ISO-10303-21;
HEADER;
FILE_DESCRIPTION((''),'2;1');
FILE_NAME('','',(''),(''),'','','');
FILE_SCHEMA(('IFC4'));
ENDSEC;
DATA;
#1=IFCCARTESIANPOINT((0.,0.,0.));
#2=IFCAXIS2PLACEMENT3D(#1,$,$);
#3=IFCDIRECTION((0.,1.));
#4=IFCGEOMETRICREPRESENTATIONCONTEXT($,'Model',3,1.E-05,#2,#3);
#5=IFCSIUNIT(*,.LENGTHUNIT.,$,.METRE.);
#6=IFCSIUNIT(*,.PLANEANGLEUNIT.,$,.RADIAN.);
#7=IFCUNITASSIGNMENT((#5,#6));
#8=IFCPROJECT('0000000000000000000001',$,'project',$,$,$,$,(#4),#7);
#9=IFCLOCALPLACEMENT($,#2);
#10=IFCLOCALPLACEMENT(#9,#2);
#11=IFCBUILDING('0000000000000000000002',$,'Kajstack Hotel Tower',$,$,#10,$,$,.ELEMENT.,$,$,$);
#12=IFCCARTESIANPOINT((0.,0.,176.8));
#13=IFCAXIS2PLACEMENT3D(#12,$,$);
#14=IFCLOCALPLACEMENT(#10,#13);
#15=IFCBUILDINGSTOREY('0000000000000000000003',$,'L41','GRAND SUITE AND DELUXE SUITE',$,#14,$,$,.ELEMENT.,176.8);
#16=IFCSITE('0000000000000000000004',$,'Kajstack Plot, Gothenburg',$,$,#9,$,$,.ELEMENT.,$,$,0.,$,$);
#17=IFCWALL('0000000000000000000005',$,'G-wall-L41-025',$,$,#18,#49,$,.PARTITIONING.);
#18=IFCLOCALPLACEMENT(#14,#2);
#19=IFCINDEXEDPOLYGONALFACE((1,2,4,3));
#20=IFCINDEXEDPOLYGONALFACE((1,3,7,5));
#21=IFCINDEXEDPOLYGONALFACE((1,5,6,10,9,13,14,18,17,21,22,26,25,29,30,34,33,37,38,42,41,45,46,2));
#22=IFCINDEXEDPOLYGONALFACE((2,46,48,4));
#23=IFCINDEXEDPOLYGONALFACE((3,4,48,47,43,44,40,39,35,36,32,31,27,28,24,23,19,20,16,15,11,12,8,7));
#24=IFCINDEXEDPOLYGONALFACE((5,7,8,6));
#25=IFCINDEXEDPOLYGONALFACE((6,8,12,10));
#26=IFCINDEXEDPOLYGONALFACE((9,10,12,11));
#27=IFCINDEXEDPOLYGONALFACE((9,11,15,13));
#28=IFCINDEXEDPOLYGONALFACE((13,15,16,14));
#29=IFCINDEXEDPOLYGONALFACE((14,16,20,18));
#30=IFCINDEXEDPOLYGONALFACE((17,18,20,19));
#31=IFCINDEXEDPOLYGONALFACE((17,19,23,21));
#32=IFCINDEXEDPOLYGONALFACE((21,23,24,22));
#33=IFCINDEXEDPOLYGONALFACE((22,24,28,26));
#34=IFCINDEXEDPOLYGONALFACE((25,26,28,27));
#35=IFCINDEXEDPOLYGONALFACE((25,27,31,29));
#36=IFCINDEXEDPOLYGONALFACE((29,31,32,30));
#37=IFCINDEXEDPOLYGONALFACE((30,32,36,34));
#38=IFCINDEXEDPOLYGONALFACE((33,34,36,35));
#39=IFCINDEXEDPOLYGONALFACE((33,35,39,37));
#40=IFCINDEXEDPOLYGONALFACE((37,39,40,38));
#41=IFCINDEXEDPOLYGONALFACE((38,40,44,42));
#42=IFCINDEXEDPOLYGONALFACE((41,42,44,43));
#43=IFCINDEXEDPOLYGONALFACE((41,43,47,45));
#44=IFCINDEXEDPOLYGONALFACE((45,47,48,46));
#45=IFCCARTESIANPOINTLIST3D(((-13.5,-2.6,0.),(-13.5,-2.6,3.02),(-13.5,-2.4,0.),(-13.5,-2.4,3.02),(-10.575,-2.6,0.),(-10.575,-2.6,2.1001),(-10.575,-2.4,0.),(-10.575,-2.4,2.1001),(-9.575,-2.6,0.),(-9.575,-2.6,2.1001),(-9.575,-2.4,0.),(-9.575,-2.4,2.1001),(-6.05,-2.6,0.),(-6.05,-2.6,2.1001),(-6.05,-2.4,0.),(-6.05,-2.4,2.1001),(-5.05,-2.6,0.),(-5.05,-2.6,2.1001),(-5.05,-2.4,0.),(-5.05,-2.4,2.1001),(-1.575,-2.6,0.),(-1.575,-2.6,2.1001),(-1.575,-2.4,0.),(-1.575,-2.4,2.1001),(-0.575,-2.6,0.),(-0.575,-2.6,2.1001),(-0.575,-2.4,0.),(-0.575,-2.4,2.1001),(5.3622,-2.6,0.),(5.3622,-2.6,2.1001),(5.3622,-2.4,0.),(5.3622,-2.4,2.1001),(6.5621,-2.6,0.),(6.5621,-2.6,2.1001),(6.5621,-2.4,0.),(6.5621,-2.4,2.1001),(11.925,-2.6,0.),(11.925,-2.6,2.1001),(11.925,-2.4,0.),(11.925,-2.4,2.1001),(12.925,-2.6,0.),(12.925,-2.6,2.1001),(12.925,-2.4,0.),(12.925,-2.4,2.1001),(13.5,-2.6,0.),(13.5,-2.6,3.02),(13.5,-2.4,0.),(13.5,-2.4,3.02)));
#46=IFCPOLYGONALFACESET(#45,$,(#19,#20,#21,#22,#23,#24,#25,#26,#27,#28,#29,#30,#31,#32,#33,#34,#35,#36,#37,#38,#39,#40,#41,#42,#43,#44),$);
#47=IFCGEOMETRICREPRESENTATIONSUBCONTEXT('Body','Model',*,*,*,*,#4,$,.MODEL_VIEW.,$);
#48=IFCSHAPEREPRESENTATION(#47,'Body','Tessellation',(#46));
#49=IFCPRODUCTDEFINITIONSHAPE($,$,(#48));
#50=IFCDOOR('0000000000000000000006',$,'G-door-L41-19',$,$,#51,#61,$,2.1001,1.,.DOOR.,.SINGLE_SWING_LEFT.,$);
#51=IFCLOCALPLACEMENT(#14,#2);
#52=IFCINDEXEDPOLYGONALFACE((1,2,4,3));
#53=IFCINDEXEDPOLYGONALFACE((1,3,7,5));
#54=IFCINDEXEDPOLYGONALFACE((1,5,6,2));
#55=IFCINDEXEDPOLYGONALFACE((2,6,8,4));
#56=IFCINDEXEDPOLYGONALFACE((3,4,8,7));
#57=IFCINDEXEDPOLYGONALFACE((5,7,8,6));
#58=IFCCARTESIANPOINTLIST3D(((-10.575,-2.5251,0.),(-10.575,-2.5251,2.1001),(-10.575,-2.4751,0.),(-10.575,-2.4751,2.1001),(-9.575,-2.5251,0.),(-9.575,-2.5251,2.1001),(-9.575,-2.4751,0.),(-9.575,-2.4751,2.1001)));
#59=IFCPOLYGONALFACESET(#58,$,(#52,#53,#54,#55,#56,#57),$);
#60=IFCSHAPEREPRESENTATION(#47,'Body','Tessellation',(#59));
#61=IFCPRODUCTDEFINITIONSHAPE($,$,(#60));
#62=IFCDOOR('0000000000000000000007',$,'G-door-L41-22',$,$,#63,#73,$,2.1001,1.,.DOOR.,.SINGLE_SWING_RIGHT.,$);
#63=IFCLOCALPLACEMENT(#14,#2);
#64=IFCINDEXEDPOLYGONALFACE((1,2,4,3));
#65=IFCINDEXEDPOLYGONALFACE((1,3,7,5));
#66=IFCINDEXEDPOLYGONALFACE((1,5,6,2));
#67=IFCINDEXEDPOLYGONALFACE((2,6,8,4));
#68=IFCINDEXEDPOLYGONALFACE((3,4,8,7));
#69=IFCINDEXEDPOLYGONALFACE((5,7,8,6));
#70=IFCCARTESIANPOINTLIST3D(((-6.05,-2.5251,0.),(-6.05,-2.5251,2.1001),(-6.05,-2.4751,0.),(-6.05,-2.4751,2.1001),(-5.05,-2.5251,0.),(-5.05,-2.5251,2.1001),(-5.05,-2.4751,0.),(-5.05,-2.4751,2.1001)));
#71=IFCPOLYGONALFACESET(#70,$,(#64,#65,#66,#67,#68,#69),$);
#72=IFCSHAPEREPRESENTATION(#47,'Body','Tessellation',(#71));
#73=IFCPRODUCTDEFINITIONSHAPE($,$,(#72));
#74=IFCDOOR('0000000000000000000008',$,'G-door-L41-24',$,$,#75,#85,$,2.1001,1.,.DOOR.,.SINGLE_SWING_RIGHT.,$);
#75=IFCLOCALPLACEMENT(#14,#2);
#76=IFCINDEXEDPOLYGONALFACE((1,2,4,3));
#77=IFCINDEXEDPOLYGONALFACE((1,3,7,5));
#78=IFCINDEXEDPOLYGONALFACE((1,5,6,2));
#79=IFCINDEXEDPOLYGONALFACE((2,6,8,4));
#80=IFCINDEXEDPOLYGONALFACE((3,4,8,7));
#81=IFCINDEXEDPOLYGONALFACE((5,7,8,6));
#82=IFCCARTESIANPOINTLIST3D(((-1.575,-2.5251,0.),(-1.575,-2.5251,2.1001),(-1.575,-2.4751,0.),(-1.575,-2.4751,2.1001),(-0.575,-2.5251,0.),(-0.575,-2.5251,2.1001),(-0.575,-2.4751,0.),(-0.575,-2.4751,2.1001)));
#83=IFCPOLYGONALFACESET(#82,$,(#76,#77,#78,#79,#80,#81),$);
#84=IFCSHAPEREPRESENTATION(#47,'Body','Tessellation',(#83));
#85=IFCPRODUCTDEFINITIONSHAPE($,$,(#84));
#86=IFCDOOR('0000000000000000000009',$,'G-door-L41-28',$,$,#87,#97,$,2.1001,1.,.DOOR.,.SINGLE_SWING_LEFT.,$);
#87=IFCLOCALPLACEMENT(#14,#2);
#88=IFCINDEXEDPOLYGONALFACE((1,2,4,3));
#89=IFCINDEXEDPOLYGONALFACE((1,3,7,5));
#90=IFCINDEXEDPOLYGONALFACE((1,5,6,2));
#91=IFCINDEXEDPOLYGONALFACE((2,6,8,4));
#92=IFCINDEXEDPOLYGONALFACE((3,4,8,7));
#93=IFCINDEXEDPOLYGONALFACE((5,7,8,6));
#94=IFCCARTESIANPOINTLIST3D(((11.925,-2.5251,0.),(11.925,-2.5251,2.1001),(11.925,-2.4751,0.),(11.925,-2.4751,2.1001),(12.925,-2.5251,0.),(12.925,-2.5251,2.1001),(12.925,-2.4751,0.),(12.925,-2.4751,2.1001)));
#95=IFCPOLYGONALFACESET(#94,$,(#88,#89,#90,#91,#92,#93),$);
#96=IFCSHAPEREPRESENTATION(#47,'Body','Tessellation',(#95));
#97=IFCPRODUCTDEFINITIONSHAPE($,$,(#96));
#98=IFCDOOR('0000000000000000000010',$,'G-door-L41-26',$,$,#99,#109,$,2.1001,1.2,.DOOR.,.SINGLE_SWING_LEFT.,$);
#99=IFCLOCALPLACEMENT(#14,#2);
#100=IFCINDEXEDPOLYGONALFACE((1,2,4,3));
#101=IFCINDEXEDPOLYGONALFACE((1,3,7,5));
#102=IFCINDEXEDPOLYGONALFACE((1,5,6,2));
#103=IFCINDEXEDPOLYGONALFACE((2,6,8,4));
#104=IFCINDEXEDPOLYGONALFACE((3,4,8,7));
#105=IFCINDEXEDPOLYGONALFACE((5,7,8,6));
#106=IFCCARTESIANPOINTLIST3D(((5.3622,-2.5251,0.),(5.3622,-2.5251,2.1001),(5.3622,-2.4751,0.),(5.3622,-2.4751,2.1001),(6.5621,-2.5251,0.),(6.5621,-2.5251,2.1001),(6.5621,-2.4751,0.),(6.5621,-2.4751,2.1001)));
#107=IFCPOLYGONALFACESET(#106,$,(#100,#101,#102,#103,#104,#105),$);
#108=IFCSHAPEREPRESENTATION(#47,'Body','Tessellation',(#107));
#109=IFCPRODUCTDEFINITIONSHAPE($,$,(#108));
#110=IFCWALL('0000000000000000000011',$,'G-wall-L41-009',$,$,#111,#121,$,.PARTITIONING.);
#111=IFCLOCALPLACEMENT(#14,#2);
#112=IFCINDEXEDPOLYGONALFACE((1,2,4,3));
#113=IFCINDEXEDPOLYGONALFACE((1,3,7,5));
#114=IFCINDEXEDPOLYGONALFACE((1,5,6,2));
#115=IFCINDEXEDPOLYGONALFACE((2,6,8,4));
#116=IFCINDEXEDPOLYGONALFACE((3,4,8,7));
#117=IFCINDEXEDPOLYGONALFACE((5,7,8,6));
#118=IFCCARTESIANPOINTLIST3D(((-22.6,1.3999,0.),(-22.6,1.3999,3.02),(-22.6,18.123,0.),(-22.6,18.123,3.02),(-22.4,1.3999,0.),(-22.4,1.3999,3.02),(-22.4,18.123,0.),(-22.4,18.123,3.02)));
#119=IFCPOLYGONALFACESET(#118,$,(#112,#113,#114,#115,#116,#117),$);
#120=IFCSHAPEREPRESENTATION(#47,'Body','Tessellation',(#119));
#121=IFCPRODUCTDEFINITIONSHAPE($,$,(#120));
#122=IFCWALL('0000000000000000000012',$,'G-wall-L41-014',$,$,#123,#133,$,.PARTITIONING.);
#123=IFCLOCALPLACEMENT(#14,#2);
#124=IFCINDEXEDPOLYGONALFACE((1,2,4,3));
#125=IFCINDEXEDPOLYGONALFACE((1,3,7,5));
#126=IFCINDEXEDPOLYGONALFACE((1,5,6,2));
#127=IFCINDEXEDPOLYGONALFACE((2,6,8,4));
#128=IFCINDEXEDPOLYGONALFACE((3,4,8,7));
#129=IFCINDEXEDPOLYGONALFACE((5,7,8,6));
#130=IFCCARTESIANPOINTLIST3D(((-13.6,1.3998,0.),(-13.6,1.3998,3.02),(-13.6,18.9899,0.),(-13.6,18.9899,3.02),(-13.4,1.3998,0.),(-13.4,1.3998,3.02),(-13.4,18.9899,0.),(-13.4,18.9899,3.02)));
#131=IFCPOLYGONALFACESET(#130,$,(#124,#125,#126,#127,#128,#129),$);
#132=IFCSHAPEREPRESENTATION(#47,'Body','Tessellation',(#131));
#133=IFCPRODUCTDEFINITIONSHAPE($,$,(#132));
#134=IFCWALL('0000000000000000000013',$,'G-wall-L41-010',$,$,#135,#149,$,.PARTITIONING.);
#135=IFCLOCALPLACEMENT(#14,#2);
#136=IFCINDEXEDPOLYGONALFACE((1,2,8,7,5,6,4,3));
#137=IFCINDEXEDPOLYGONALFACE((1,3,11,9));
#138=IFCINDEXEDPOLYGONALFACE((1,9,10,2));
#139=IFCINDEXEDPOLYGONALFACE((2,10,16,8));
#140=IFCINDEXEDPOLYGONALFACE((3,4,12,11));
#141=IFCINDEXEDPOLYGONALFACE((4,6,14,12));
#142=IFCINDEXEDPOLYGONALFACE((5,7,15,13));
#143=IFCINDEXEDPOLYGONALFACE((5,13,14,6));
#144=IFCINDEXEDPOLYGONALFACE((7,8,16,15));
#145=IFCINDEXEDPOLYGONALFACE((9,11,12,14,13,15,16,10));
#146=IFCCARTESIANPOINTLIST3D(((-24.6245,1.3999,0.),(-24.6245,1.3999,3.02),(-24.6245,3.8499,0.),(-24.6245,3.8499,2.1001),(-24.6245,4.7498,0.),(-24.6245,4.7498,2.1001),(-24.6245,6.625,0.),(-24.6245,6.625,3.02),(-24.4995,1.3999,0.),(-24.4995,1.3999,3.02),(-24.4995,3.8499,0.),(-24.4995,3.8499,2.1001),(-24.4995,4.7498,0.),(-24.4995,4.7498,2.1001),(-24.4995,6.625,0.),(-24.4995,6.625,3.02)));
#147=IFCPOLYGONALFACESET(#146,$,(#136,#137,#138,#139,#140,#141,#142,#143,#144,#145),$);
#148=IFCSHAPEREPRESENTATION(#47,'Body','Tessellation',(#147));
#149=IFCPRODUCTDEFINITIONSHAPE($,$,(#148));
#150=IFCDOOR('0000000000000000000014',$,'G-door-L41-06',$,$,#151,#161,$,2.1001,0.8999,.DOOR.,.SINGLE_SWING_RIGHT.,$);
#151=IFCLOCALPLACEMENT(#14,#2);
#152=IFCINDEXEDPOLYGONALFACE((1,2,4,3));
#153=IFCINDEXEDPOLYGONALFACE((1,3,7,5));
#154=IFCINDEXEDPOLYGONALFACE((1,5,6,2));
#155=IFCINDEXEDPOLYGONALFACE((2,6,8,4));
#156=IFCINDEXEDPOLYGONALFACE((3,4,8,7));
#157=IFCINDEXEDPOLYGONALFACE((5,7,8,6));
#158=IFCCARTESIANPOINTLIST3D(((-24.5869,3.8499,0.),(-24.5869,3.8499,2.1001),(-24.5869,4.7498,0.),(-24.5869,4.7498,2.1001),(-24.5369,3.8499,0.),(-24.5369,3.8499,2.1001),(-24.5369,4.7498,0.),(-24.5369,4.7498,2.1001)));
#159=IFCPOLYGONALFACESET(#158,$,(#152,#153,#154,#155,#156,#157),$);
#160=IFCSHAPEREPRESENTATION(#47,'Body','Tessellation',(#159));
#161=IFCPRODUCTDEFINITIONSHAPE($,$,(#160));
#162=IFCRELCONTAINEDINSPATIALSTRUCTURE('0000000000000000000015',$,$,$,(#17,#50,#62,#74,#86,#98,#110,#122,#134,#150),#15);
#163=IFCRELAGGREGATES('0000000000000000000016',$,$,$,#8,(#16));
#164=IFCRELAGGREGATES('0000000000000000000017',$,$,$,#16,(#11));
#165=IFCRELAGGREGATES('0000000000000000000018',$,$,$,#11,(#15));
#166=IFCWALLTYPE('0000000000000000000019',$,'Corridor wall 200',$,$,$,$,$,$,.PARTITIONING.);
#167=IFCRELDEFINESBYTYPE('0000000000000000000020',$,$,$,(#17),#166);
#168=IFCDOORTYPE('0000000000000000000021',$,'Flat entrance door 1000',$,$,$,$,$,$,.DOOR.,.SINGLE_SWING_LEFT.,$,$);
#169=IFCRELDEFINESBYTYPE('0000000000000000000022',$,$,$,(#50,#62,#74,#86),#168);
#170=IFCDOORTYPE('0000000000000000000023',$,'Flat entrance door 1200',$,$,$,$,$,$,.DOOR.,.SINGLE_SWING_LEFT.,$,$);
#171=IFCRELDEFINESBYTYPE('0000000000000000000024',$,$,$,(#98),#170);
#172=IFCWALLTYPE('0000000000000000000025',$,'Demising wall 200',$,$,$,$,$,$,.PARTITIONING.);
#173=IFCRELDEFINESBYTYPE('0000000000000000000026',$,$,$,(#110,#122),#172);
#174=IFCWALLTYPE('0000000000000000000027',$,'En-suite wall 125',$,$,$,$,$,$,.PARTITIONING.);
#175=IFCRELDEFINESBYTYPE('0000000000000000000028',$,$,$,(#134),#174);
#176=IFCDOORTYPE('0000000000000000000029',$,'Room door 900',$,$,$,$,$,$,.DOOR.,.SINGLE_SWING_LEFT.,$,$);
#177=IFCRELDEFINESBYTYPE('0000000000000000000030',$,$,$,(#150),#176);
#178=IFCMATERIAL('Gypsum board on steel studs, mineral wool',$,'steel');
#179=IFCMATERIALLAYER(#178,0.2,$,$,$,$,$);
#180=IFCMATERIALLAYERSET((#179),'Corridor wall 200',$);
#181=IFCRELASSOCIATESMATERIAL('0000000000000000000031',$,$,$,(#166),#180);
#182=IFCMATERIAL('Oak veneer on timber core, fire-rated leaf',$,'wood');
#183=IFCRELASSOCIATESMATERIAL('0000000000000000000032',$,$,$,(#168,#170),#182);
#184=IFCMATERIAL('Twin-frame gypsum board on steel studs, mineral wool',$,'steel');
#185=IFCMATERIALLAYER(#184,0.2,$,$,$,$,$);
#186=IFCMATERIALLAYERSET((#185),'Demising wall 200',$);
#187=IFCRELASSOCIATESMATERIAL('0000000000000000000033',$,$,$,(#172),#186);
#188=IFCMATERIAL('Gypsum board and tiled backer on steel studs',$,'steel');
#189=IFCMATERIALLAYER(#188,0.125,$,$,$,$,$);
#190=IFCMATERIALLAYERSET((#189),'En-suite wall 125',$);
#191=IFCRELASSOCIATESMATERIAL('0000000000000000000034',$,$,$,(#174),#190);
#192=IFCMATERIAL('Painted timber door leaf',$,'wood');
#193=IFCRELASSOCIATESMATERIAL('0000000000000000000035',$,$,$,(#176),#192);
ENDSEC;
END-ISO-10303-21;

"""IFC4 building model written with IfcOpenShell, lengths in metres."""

from ifc_helpers import new_model, si_unit, direction, frame, frame_2d, origin, place, context, subcontext, project, spatial, rectangle, extrude, material, layer, layer_set, type_object, element, fill, save


model = new_model("IFC4")

# Units and contexts
model_context = context("Model", 3, precision=1e-05, world=origin(), true_north=direction((0.0, 1.0)))
body_context = subcontext(model_context, "Body", "Model", "MODEL_VIEW")
ifc_project = project(units=[si_unit("LENGTHUNIT", "METRE"), si_unit("PLANEANGLEUNIT", "RADIAN")], contexts=[model_context])

# Site, building, storey
site_placement = place(None, origin())
site = spatial("IfcSite", under=ifc_project, at=site_placement, Name="Kajstack Plot, Gothenburg", CompositionType="ELEMENT", RefElevation=0.0)
building_placement = place(site_placement, origin())
building = spatial("IfcBuilding", under=site, at=building_placement, Name="Kajstack Hotel Tower", CompositionType="ELEMENT")
storey_placement = place(building_placement, frame((0.0, 0.0, 176.8)))
storey = spatial("IfcBuildingStorey", under=building, at=storey_placement, Name="L41", Description="GRAND SUITE AND DELUXE SUITE", CompositionType="ELEMENT", Elevation=176.8)

# Wall, openings, doors
ifc_material_1 = material(Name="Gypsum board on steel studs, mineral wool", Category="steel")
ifc_layer_1 = layer(ifc_material_1, 0.2)
ifc_layer_set_1 = layer_set([ifc_layer_1], Name="Corridor wall 200")
wall_type_1 = type_object("IfcWallType", Name="Corridor wall 200", PredefinedType="PARTITIONING", material=ifc_layer_set_1)
wall_1_placement = place(storey_placement, frame((-13.5, -2.5, 0.0), z_axis=(0.0, 0.0, 1.0), x_axis=(1.0, 0.0, 0.0)))
wall_1 = element("IfcWall", 1, at=wall_1_placement, inside=storey, type_object=wall_type_1, Name="G-wall-L41-025", PredefinedType="PARTITIONING", context=body_context, shape_type="SweptSolid", body=[
    extrude(rectangle(XDim=27.0, YDim=0.2, at=frame_2d((13.5, 0.0))), origin(), (0.0, 0.0, 1.0), 3.02),
])
opening_1_placement = place(wall_1_placement, frame((2.925, 0.0, 0.0)))
opening_1 = element("IfcOpeningElement", 2, at=opening_1_placement, cuts=wall_1, PredefinedType="OPENING", context=body_context, shape_type="SweptSolid", body=[
    extrude(rectangle(XDim=1.0, YDim=2.1001, at=frame_2d((0.5, 1.05))), frame((0.0, 0.1099, 0.0), z_axis=(0.0, -1.0, 0.0), x_axis=(1.0, 0.0, 0.0)), (0.0, 0.0, 1.0), 0.22),
])
opening_2_placement = place(wall_1_placement, frame((7.45, 0.0, 0.0)))
opening_2 = element("IfcOpeningElement", 3, at=opening_2_placement, cuts=wall_1, PredefinedType="OPENING", context=body_context, shape_type="SweptSolid", body=[
    extrude(rectangle(XDim=1.0, YDim=2.1001, at=frame_2d((0.5, 1.05))), frame((0.0, 0.1099, 0.0), z_axis=(0.0, -1.0, 0.0), x_axis=(1.0, 0.0, 0.0)), (0.0, 0.0, 1.0), 0.22),
])
opening_3_placement = place(wall_1_placement, frame((11.925, 0.0, 0.0)))
opening_3 = element("IfcOpeningElement", 4, at=opening_3_placement, cuts=wall_1, PredefinedType="OPENING", context=body_context, shape_type="SweptSolid", body=[
    extrude(rectangle(XDim=1.0, YDim=2.1001, at=frame_2d((0.5, 1.05))), frame((0.0, 0.1099, 0.0), z_axis=(0.0, -1.0, 0.0), x_axis=(1.0, 0.0, 0.0)), (0.0, 0.0, 1.0), 0.22),
])
opening_4_placement = place(wall_1_placement, frame((18.8621, 0.0, 0.0)))
opening_4 = element("IfcOpeningElement", 5, at=opening_4_placement, cuts=wall_1, PredefinedType="OPENING", context=body_context, shape_type="SweptSolid", body=[
    extrude(rectangle(XDim=1.2, YDim=2.1001, at=frame_2d((0.6001, 1.05))), frame((0.0, 0.1099, 0.0), z_axis=(0.0, -1.0, 0.0), x_axis=(1.0, 0.0, 0.0)), (0.0, 0.0, 1.0), 0.22),
])
opening_5_placement = place(wall_1_placement, frame((25.425, 0.0, 0.0)))
opening_5 = element("IfcOpeningElement", 6, at=opening_5_placement, cuts=wall_1, PredefinedType="OPENING", context=body_context, shape_type="SweptSolid", body=[
    extrude(rectangle(XDim=1.0, YDim=2.1001, at=frame_2d((0.5, 1.05))), frame((0.0, 0.1099, 0.0), z_axis=(0.0, -1.0, 0.0), x_axis=(1.0, 0.0, 0.0)), (0.0, 0.0, 1.0), 0.22),
])
ifc_material_2 = material(Name="Oak veneer on timber core, fire-rated leaf", Category="wood")
door_type_1 = type_object("IfcDoorType", Name="Flat entrance door 1000", OperationType="SINGLE_SWING_LEFT", PredefinedType="DOOR", material=ifc_material_2)
door_1_placement = place(opening_1_placement, origin())
door_1 = element("IfcDoor", 7, at=door_1_placement, inside=storey, type_object=door_type_1, Name="G-door-L41-19", OperationType="SINGLE_SWING_LEFT", OverallHeight=2.1001, OverallWidth=1.0, PredefinedType="DOOR", context=body_context, shape_type="SweptSolid", body=[
    extrude(rectangle(XDim=1.0, YDim=2.1001, at=frame_2d((0.5, 1.05))), frame((0.0, 0.0249, 0.0), z_axis=(0.0, -1.0, 0.0), x_axis=(1.0, 0.0, 0.0)), (0.0, 0.0, 1.0), 0.05),
])
fill(opening_1, door_1)
door_2_placement = place(opening_2_placement, origin())
door_2 = element("IfcDoor", 8, at=door_2_placement, inside=storey, type_object=door_type_1, Name="G-door-L41-22", OperationType="SINGLE_SWING_RIGHT", OverallHeight=2.1001, OverallWidth=1.0, PredefinedType="DOOR", context=body_context, shape_type="SweptSolid", body=[
    extrude(rectangle(XDim=1.0, YDim=2.1001, at=frame_2d((0.5, 1.05))), frame((0.0, 0.0249, 0.0), z_axis=(0.0, -1.0, 0.0), x_axis=(1.0, 0.0, 0.0)), (0.0, 0.0, 1.0), 0.05),
])
fill(opening_2, door_2)
door_3_placement = place(opening_3_placement, origin())
door_3 = element("IfcDoor", 9, at=door_3_placement, inside=storey, type_object=door_type_1, Name="G-door-L41-24", OperationType="SINGLE_SWING_RIGHT", OverallHeight=2.1001, OverallWidth=1.0, PredefinedType="DOOR", context=body_context, shape_type="SweptSolid", body=[
    extrude(rectangle(XDim=1.0, YDim=2.1001, at=frame_2d((0.5, 1.05))), frame((0.0, 0.0249, 0.0), z_axis=(0.0, -1.0, 0.0), x_axis=(1.0, 0.0, 0.0)), (0.0, 0.0, 1.0), 0.05),
])
fill(opening_3, door_3)
door_4_placement = place(opening_5_placement, origin())
door_4 = element("IfcDoor", 10, at=door_4_placement, inside=storey, type_object=door_type_1, Name="G-door-L41-28", OperationType="SINGLE_SWING_LEFT", OverallHeight=2.1001, OverallWidth=1.0, PredefinedType="DOOR", context=body_context, shape_type="SweptSolid", body=[
    extrude(rectangle(XDim=1.0, YDim=2.1001, at=frame_2d((0.5, 1.05))), frame((0.0, 0.0249, 0.0), z_axis=(0.0, -1.0, 0.0), x_axis=(1.0, 0.0, 0.0)), (0.0, 0.0, 1.0), 0.05),
])
fill(opening_5, door_4)
door_type_2 = type_object("IfcDoorType", Name="Flat entrance door 1200", OperationType="SINGLE_SWING_LEFT", PredefinedType="DOOR", material=ifc_material_2)
door_5_placement = place(opening_4_placement, origin())
door_5 = element("IfcDoor", 11, at=door_5_placement, inside=storey, type_object=door_type_2, Name="G-door-L41-26", OperationType="SINGLE_SWING_LEFT", OverallHeight=2.1001, OverallWidth=1.2, PredefinedType="DOOR", context=body_context, shape_type="SweptSolid", body=[
    extrude(rectangle(XDim=1.2, YDim=2.1001, at=frame_2d((0.6001, 1.05))), frame((0.0, 0.0249, 0.0), z_axis=(0.0, -1.0, 0.0), x_axis=(1.0, 0.0, 0.0)), (0.0, 0.0, 1.0), 0.05),
])
fill(opening_4, door_5)

# Walls
ifc_material_3 = material(Name="Twin-frame gypsum board on steel studs, mineral wool", Category="steel")
ifc_layer_2 = layer(ifc_material_3, 0.2)
ifc_layer_set_2 = layer_set([ifc_layer_2], Name="Demising wall 200")
wall_type_2 = type_object("IfcWallType", Name="Demising wall 200", PredefinedType="PARTITIONING", material=ifc_layer_set_2)
wall_2_placement = place(storey_placement, frame((-22.5, 1.3999, 0.0), z_axis=(0.0, 0.0, 1.0), x_axis=(0.0, 1.0, 0.0)))
element("IfcWall", 12, at=wall_2_placement, inside=storey, type_object=wall_type_2, Name="G-wall-L41-009", PredefinedType="PARTITIONING", context=body_context, shape_type="SweptSolid", body=[
    extrude(rectangle(XDim=16.7231, YDim=0.2, at=frame_2d((8.3616, 0.0))), origin(), (0.0, 0.0, 1.0), 3.02),
])
wall_3_placement = place(storey_placement, frame((-13.5, 1.3999, 0.0), z_axis=(0.0, 0.0, 1.0), x_axis=(0.0, 1.0, 0.0)))
element("IfcWall", 13, at=wall_3_placement, inside=storey, type_object=wall_type_2, Name="G-wall-L41-014", PredefinedType="PARTITIONING", context=body_context, shape_type="SweptSolid", body=[
    extrude(rectangle(XDim=17.5901, YDim=0.2, at=frame_2d((8.7949, 0.0))), origin(), (0.0, 0.0, 1.0), 3.02),
])

# Wall, opening, door
ifc_material_4 = material(Name="Gypsum board and tiled backer on steel studs", Category="steel")
ifc_layer_3 = layer(ifc_material_4, 0.125)
ifc_layer_set_3 = layer_set([ifc_layer_3], Name="En-suite wall 125")
wall_type_3 = type_object("IfcWallType", Name="En-suite wall 125", PredefinedType="PARTITIONING", material=ifc_layer_set_3)
wall_4_placement = place(storey_placement, frame((-24.562, 1.3999, 0.0), z_axis=(0.0, 0.0, 1.0), x_axis=(0.0, 1.0, 0.0)))
wall_4 = element("IfcWall", 14, at=wall_4_placement, inside=storey, type_object=wall_type_3, Name="G-wall-L41-010", PredefinedType="PARTITIONING", context=body_context, shape_type="SweptSolid", body=[
    extrude(rectangle(XDim=5.2251, YDim=0.125, at=frame_2d((2.6125, 0.0))), origin(), (0.0, 0.0, 1.0), 3.02),
])
opening_6_placement = place(wall_4_placement, frame((2.45, 0.0, 0.0)))
opening_6 = element("IfcOpeningElement", 15, at=opening_6_placement, cuts=wall_4, PredefinedType="OPENING", context=body_context, shape_type="SweptSolid", body=[
    extrude(rectangle(XDim=0.8999, YDim=2.1001, at=frame_2d((0.45, 1.05))), frame((0.0, 0.0725, 0.0), z_axis=(0.0, -1.0, 0.0), x_axis=(1.0, 0.0, 0.0)), (0.0, 0.0, 1.0), 0.145),
])
ifc_material_5 = material(Name="Painted timber door leaf", Category="wood")
door_type_3 = type_object("IfcDoorType", Name="Room door 900", OperationType="SINGLE_SWING_LEFT", PredefinedType="DOOR", material=ifc_material_5)
door_6_placement = place(opening_6_placement, origin())
door_6 = element("IfcDoor", 16, at=door_6_placement, inside=storey, type_object=door_type_3, Name="G-door-L41-06", OperationType="SINGLE_SWING_RIGHT", OverallHeight=2.1001, OverallWidth=0.8999, PredefinedType="DOOR", context=body_context, shape_type="SweptSolid", body=[
    extrude(rectangle(XDim=0.8999, YDim=2.1001, at=frame_2d((0.45, 1.05))), frame((0.0, 0.0249, 0.0), z_axis=(0.0, -1.0, 0.0), x_axis=(1.0, 0.0, 0.0)), (0.0, 0.0, 1.0), 0.05),
])
fill(opening_6, door_6)

save(model, "model.ifc")
